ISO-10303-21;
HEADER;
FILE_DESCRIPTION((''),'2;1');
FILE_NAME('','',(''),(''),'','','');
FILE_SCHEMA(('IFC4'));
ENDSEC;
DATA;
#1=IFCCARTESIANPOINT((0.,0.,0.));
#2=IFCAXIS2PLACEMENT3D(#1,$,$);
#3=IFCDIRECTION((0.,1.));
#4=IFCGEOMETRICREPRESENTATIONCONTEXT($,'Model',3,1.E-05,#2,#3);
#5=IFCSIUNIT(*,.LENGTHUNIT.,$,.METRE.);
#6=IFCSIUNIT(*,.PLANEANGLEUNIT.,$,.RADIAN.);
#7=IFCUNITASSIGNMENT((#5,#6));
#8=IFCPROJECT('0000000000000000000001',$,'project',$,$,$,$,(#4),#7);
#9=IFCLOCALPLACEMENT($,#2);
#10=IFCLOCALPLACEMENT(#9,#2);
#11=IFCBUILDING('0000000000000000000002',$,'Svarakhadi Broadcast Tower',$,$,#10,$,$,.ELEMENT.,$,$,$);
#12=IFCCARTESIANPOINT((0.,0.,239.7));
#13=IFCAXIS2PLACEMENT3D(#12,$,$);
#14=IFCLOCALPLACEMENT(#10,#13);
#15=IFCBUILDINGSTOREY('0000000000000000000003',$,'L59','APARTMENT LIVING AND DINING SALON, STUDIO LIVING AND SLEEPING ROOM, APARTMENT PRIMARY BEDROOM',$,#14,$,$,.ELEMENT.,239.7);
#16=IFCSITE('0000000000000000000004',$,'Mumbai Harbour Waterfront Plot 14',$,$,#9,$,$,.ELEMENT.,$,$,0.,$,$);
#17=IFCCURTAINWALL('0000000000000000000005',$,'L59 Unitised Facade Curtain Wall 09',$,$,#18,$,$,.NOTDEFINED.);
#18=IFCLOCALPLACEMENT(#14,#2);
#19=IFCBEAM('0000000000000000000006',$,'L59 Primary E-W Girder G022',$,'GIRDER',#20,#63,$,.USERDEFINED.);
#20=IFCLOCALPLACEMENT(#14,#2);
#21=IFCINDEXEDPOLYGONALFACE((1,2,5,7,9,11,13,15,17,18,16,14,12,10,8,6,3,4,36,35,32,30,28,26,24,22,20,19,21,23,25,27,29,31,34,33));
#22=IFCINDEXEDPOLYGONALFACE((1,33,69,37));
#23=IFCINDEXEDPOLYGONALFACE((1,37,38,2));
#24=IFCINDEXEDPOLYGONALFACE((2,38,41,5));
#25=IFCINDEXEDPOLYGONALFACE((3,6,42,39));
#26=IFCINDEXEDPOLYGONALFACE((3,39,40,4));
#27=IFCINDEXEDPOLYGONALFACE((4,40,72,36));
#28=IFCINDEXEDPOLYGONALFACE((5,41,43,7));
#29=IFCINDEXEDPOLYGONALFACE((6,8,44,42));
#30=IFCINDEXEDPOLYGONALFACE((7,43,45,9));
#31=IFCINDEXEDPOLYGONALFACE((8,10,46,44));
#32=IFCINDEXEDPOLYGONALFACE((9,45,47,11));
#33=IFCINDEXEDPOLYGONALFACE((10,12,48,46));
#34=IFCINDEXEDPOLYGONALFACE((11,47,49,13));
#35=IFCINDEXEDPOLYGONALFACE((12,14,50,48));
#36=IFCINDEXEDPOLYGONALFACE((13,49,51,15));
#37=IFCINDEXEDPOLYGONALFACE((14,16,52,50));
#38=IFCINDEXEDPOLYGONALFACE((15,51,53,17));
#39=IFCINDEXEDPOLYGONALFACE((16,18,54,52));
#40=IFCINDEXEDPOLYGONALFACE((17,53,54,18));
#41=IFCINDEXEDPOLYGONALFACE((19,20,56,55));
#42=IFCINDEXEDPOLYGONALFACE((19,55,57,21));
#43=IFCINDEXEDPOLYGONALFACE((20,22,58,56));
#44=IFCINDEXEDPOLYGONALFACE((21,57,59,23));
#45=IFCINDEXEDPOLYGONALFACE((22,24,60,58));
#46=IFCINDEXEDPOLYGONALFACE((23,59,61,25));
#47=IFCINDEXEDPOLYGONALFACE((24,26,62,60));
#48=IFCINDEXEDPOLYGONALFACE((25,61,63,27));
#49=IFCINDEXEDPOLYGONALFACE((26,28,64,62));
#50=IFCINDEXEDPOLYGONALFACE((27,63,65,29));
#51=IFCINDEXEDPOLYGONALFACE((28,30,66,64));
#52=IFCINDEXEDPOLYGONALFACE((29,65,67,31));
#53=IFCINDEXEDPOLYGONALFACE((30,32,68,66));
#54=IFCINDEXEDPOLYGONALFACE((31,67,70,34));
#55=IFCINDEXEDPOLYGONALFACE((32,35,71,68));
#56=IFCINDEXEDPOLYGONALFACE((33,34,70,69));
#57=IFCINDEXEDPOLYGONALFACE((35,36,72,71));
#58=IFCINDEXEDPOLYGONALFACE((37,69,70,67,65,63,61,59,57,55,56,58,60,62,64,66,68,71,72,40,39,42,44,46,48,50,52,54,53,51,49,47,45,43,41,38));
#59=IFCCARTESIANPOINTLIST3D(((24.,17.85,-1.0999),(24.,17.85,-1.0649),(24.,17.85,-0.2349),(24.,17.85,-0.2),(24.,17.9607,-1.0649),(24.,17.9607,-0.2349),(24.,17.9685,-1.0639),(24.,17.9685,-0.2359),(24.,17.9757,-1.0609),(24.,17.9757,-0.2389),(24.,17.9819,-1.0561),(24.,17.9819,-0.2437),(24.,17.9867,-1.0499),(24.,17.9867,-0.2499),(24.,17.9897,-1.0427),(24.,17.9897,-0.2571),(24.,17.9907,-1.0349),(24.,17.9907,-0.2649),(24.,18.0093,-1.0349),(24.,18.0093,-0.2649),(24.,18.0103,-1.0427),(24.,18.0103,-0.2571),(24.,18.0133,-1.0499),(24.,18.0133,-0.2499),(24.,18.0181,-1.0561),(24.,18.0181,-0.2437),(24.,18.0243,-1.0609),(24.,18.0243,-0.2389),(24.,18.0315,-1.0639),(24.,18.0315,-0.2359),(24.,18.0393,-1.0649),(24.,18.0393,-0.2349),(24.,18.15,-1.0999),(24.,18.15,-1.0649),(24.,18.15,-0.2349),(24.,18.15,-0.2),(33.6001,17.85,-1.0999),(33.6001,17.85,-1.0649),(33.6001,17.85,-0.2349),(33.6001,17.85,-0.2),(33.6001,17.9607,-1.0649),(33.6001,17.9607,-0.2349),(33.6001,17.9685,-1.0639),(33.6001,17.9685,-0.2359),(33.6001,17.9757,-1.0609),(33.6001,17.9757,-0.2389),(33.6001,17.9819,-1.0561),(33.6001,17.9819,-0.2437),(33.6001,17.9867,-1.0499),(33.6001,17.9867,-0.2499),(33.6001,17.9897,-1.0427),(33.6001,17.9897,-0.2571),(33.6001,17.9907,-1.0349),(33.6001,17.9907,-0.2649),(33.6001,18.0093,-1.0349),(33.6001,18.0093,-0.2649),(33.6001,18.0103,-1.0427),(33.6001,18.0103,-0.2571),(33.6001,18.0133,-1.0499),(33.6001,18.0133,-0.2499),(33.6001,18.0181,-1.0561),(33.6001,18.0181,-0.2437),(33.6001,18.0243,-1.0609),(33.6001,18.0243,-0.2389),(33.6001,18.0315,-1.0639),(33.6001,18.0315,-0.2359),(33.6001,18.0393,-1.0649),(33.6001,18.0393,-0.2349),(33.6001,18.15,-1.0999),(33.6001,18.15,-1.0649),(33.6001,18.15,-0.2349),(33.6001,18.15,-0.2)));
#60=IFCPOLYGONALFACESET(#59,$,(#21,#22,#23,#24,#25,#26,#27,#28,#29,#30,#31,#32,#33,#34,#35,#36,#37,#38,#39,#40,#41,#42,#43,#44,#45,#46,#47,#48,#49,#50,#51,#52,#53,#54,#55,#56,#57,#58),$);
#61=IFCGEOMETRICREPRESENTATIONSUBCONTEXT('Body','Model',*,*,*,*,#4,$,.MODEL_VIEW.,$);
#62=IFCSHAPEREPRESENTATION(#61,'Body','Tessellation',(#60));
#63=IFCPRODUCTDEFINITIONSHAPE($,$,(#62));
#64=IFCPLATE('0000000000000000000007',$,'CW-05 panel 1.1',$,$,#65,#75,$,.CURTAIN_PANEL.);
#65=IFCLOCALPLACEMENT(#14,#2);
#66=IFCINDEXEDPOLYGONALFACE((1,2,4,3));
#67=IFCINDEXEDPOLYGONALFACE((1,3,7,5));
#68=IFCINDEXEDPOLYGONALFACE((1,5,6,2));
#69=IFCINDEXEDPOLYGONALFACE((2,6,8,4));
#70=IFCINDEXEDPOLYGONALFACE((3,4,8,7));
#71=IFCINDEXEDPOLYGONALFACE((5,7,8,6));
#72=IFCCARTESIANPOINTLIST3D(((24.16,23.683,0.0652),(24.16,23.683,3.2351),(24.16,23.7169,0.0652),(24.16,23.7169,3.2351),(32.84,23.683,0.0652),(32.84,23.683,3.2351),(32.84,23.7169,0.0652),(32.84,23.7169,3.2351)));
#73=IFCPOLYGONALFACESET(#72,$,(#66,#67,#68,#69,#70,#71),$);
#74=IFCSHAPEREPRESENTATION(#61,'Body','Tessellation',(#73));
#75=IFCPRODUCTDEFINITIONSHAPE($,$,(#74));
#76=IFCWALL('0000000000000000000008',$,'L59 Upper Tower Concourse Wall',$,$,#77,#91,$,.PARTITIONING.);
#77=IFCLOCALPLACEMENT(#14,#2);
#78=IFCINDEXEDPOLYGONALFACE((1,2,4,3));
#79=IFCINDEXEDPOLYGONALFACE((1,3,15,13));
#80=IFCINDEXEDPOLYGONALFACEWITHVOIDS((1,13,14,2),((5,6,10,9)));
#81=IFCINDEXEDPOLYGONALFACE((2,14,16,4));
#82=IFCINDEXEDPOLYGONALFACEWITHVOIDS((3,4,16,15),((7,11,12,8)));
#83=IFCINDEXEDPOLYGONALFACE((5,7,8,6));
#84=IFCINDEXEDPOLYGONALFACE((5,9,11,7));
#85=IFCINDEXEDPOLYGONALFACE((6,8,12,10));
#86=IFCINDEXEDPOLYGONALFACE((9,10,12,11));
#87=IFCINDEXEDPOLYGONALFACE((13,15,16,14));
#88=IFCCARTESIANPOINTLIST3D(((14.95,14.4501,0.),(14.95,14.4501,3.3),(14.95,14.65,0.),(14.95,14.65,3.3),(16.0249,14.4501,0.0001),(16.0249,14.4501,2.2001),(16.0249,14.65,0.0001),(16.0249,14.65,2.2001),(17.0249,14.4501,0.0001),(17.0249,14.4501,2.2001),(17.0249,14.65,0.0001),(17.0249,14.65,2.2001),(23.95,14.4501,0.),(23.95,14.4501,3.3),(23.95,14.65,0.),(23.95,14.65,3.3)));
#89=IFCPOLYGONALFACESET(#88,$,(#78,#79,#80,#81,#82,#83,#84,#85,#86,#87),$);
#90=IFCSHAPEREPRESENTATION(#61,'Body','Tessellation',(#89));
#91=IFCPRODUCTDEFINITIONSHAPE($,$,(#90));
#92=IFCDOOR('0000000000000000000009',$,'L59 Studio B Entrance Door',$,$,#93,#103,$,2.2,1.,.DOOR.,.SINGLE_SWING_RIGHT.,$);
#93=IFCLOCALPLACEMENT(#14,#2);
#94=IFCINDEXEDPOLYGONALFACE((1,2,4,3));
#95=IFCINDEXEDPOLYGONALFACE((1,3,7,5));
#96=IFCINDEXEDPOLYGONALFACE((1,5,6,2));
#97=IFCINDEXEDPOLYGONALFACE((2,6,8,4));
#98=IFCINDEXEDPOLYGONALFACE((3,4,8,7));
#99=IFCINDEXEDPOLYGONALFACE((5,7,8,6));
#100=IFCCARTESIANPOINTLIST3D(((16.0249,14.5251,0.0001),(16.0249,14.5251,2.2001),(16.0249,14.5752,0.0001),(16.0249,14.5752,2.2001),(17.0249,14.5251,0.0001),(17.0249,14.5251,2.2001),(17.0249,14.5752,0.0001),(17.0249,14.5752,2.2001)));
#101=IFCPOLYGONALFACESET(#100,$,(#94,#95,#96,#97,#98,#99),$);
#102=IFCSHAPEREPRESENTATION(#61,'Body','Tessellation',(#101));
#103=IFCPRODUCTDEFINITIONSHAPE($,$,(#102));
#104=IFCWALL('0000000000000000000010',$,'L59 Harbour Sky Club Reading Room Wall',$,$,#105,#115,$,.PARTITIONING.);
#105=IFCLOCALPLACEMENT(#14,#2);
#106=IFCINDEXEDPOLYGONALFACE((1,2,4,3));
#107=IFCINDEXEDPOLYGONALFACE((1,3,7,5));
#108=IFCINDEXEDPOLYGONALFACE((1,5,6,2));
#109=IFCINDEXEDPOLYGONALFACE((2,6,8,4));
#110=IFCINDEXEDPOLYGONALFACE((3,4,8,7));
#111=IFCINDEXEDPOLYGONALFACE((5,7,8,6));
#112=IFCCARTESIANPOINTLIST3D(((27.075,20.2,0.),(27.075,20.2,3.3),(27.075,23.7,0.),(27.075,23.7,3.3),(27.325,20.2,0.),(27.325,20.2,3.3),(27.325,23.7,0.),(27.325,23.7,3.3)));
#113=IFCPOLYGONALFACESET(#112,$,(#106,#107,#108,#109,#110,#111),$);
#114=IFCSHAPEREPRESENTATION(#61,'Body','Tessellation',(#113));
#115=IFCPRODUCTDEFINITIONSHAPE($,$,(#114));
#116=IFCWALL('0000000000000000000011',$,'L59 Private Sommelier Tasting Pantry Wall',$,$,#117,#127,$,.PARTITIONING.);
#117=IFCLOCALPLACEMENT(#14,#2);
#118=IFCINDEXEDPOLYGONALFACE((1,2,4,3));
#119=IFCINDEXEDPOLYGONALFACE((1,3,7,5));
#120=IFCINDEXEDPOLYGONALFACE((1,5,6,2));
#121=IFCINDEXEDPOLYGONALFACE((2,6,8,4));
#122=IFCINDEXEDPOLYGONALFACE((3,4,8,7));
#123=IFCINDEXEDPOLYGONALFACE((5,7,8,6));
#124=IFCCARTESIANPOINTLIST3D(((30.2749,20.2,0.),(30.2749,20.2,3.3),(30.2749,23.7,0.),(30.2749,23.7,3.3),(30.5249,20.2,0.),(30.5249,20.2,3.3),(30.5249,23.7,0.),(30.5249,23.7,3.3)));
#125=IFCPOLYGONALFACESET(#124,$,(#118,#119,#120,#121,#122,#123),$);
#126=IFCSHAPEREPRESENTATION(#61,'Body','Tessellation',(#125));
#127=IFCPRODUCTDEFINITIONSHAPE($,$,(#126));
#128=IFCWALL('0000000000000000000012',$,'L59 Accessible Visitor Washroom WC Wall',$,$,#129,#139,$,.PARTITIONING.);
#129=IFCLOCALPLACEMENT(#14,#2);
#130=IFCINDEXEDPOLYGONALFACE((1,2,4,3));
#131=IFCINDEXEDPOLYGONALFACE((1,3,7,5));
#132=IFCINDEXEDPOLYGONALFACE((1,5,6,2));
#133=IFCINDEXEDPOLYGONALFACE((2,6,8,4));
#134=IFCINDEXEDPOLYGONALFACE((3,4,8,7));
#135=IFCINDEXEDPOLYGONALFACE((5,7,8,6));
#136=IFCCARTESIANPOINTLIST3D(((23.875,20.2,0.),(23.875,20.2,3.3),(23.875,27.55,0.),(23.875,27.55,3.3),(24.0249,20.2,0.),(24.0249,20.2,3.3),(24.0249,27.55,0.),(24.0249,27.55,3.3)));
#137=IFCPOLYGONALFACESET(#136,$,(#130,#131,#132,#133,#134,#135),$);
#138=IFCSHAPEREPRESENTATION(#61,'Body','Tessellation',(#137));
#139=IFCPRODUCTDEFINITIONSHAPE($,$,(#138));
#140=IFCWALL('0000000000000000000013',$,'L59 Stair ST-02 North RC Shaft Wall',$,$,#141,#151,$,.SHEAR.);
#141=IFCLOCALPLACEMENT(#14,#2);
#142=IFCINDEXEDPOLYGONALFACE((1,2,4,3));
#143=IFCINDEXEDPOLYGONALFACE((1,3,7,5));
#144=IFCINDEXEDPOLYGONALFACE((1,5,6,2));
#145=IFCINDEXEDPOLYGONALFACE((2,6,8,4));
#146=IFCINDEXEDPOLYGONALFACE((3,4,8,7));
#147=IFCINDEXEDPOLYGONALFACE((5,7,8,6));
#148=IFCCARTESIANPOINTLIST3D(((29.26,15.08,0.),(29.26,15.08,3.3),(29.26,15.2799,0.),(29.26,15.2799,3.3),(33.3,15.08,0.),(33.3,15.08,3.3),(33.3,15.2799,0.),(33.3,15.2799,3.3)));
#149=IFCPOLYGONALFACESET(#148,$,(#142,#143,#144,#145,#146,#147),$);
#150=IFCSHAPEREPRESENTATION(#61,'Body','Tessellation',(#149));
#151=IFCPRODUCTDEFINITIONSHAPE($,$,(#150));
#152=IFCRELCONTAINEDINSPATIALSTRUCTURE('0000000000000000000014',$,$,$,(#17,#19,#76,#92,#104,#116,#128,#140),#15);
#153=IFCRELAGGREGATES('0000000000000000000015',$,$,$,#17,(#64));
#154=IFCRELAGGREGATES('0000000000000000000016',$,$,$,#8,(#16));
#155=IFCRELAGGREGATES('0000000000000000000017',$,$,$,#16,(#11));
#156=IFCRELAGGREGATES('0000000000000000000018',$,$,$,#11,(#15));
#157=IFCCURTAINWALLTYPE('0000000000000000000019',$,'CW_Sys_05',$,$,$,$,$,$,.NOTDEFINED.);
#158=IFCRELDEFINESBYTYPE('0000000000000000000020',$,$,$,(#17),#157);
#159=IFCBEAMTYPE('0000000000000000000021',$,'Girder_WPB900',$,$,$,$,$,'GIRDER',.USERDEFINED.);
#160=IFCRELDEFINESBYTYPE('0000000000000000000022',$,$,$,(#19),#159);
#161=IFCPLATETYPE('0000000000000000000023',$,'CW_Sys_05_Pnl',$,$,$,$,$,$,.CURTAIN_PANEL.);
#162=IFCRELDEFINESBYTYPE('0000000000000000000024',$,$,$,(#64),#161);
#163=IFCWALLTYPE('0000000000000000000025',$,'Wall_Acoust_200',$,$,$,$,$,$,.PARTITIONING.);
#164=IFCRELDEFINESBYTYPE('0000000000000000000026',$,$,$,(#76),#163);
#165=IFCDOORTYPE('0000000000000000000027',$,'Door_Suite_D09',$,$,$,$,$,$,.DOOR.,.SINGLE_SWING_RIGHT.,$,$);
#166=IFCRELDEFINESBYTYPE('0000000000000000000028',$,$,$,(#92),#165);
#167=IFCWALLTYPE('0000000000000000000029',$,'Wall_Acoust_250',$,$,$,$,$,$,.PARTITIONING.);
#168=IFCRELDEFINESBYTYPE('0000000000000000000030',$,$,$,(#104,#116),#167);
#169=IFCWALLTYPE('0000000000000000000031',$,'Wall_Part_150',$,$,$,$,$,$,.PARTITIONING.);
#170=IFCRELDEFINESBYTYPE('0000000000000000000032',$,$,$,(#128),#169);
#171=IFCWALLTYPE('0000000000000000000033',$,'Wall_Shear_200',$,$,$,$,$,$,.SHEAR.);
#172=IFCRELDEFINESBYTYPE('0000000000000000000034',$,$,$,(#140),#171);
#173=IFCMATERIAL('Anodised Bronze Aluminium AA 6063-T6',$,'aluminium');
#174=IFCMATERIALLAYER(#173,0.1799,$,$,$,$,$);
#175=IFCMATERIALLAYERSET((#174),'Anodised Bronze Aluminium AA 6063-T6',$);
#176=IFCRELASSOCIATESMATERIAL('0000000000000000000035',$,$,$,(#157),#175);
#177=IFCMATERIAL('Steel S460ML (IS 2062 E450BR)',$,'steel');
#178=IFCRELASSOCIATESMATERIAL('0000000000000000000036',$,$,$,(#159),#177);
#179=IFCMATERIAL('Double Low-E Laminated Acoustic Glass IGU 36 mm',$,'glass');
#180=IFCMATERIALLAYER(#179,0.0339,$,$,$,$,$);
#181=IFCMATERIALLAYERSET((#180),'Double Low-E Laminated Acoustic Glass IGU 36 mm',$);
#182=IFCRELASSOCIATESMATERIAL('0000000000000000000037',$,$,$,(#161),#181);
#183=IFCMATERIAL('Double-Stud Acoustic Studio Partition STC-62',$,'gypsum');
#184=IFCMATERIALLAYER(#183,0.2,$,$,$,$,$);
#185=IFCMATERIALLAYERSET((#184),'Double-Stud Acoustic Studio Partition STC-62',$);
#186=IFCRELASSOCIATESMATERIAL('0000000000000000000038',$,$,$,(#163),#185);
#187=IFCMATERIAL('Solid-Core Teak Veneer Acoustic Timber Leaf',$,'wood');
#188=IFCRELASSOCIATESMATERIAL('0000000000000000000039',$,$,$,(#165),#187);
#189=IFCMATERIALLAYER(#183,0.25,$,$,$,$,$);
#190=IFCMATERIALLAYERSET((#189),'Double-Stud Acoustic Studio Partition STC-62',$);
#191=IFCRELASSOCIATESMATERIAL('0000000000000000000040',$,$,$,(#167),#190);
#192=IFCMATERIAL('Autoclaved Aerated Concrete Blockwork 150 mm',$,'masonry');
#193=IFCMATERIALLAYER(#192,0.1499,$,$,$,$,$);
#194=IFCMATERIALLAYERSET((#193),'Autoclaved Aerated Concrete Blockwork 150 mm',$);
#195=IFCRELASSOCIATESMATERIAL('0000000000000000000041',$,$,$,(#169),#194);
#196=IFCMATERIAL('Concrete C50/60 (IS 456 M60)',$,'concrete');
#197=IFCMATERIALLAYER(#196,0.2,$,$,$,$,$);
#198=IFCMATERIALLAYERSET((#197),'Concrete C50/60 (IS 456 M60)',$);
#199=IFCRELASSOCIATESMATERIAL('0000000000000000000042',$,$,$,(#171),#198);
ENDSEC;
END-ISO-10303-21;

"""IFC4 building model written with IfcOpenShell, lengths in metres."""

from ifc_helpers import new_model, si_unit, direction, frame, frame_2d, origin, origin_2d, place, context, subcontext, project, spatial, rectangle, i_section, extrude, material, layer, layer_set, material_profile, profile_set, type_object, element, fill, aggregate, save


model = new_model("IFC4")

# Units and contexts
model_context = context("Model", 3, precision=1e-05, world=origin(), true_north=direction((0.0, 1.0)))
body_context = subcontext(model_context, "Body", "Model", "MODEL_VIEW")
ifc_project = project(units=[si_unit("LENGTHUNIT", "METRE"), si_unit("PLANEANGLEUNIT", "RADIAN")], contexts=[model_context])

# Site, building, storey
site_placement = place(None, origin())
site = spatial("IfcSite", under=ifc_project, at=site_placement, Name="Mumbai Harbour Waterfront Plot 14", CompositionType="ELEMENT", RefElevation=0.0)
building_placement = place(site_placement, origin())
building = spatial("IfcBuilding", under=site, at=building_placement, Name="Svarakhadi Broadcast Tower", CompositionType="ELEMENT")
storey_placement = place(building_placement, frame((0.0, 0.0, 239.7)))
storey = spatial("IfcBuildingStorey", under=building, at=storey_placement, Name="L59", Description="APARTMENT LIVING AND DINING SALON, STUDIO LIVING AND SLEEPING ROOM, APARTMENT PRIMARY BEDROOM", CompositionType="ELEMENT", Elevation=239.7)

# Shared definitions
ifc_material_1 = material(Name="Concrete C50/60 (IS 456 M60)", Category="concrete")

# Curtain wall
ifc_material_2 = material(Name="Anodised Bronze Aluminium AA 6063-T6", Category="aluminium")
ifc_layer_1 = layer(ifc_material_2, 0.1799)
ifc_layer_set_1 = layer_set([ifc_layer_1], Name="Anodised Bronze Aluminium AA 6063-T6")
curtain_wall_type = type_object("IfcCurtainWallType", Name="CW_Sys_05", PredefinedType="NOTDEFINED", material=ifc_layer_set_1)
curtain_wall_1_placement = place(storey_placement, origin())
curtain_wall_1 = element("IfcCurtainWall", 1, at=curtain_wall_1_placement, inside=storey, type_object=curtain_wall_type, Name="L59 Unitised Facade Curtain Wall 09", PredefinedType="NOTDEFINED")

# Beam
ifc_material_3 = material(Name="Steel S460ML (IS 2062 E450BR)", Category="steel")
ifc_material_profile_1 = material_profile(ifc_material_3, i_section(OverallWidth=0.3, OverallDepth=0.8999, WebThickness=0.0186, FlangeThickness=0.0349, FilletRadius=0.03, at=origin_2d()), Name="WPB 900x300x291")
ifc_profile_set_1 = profile_set([ifc_material_profile_1], Name="Steel S460ML (IS 2062 E450BR)")
beam_type_1 = type_object("IfcBeamType", Name="Girder_WPB900", ElementType="GIRDER", PredefinedType="USERDEFINED", material=ifc_profile_set_1)
beam_1_placement = place(storey_placement, frame((24.0, 18.0, -0.6499), z_axis=(1.0, 0.0, 0.0), x_axis=(0.0, 1.0, 0.0)))
element("IfcBeam", 2, at=beam_1_placement, inside=storey, type_object=beam_type_1, Name="L59 Primary E-W Girder G022", ObjectType="GIRDER", PredefinedType="USERDEFINED", context=body_context, shape_type="SweptSolid", body=[
    extrude(i_section(OverallWidth=0.3, OverallDepth=0.8999, WebThickness=0.0186, FlangeThickness=0.0349, FilletRadius=0.03, at=origin_2d()), origin(), (0.0, 0.0, 1.0), 9.6001),
])

# Plate
ifc_material_4 = material(Name="Double Low-E Laminated Acoustic Glass IGU 36 mm", Category="glass")
ifc_layer_2 = layer(ifc_material_4, 0.0339)
ifc_layer_set_2 = layer_set([ifc_layer_2], Name="Double Low-E Laminated Acoustic Glass IGU 36 mm")
plate_type = type_object("IfcPlateType", Name="CW_Sys_05_Pnl", PredefinedType="CURTAIN_PANEL", material=ifc_layer_set_2)
plate_placement = place(storey_placement, frame((28.5, 23.7, 0.0652), z_axis=(0.0, 0.0, 1.0), x_axis=(1.0, 0.0, 0.0)))
plate = element("IfcPlate", 3, at=plate_placement, type_object=plate_type, Name="CW-05 panel 1.1", PredefinedType="CURTAIN_PANEL", context=body_context, shape_type="SweptSolid", body=[
    extrude(rectangle(XDim=8.6799, YDim=0.0339, at=origin_2d()), origin(), (0.0, 0.0, 1.0), 3.1699),
])
aggregate(curtain_wall_1, [plate])

# Wall, opening, door
ifc_material_5 = material(Name="Double-Stud Acoustic Studio Partition STC-62", Category="gypsum")
ifc_layer_3 = layer(ifc_material_5, 0.2)
ifc_layer_set_3 = layer_set([ifc_layer_3], Name="Double-Stud Acoustic Studio Partition STC-62")
wall_type_1 = type_object("IfcWallType", Name="Wall_Acoust_200", PredefinedType="PARTITIONING", material=ifc_layer_set_3)
wall_1_placement = place(storey_placement, frame((23.95, 14.55, 0.0), z_axis=(0.0, 0.0, 1.0), x_axis=(-1.0, 0.0, 0.0)))
wall_1 = element("IfcWall", 4, at=wall_1_placement, inside=storey, type_object=wall_type_1, Name="L59 Upper Tower Concourse Wall", PredefinedType="PARTITIONING", context=body_context, shape_type="SweptSolid", body=[
    extrude(rectangle(XDim=9.0, YDim=0.2, at=frame_2d((4.5, 0.0))), origin(), (0.0, 0.0, 1.0), 3.3),
])
opening_1_placement = place(wall_1_placement, frame((6.925, 0.0, 0.0)))
opening_1 = element("IfcOpeningElement", 5, at=opening_1_placement, cuts=wall_1, PredefinedType="OPENING", context=body_context, shape_type="SweptSolid", body=[
    extrude(rectangle(XDim=1.0, YDim=2.2, at=frame_2d((0.5, 1.1001))), frame((0.0, 0.1099, 0.0), z_axis=(0.0, -1.0, 0.0), x_axis=(1.0, 0.0, 0.0)), (0.0, 0.0, 1.0), 0.22),
])
ifc_material_6 = material(Name="Solid-Core Teak Veneer Acoustic Timber Leaf", Category="wood")
door_type_1 = type_object("IfcDoorType", Name="Door_Suite_D09", OperationType="SINGLE_SWING_RIGHT", PredefinedType="DOOR", material=ifc_material_6)
door_1_placement = place(opening_1_placement, origin())
door_1 = element("IfcDoor", 6, at=door_1_placement, inside=storey, type_object=door_type_1, Name="L59 Studio B Entrance Door", OperationType="SINGLE_SWING_RIGHT", OverallHeight=2.2, OverallWidth=1.0, PredefinedType="DOOR", context=body_context, shape_type="SweptSolid", body=[
    extrude(rectangle(XDim=1.0, YDim=2.2, at=frame_2d((0.5, 1.1001))), frame((0.0, 0.0249, 0.0), z_axis=(0.0, -1.0, 0.0), x_axis=(1.0, 0.0, 0.0)), (0.0, 0.0, 1.0), 0.05),
])
fill(opening_1, door_1)

# Walls
ifc_layer_4 = layer(ifc_material_5, 0.25)
ifc_layer_set_4 = layer_set([ifc_layer_4], Name="Double-Stud Acoustic Studio Partition STC-62")
wall_type_2 = type_object("IfcWallType", Name="Wall_Acoust_250", PredefinedType="PARTITIONING", material=ifc_layer_set_4)
for number, where, z_axis, x_axis, name in (
    (7, (27.2, 20.2, 0.0), (0.0, 0.0, 1.0), (0.0, 1.0, 0.0), "L59 Harbour Sky Club Reading Room Wall"),
    (8, (30.3999, 20.2, 0.0), (0.0, 0.0, 1.0), (0.0, 1.0, 0.0), "L59 Private Sommelier Tasting Pantry Wall"),
):
    element("IfcWall", number, at=place(storey_placement, frame(where, z_axis=z_axis, x_axis=x_axis)), inside=storey, type_object=wall_type_2, Name=name, PredefinedType="PARTITIONING", context=body_context, shape_type="SweptSolid", body=[
        extrude(rectangle(XDim=3.5, YDim=0.25, at=frame_2d((1.75, 0.0))), origin(), (0.0, 0.0, 1.0), 3.3),
    ])

# Shared definitions
ifc_material_7 = material(Name="Autoclaved Aerated Concrete Blockwork 150 mm", Category="masonry")
ifc_layer_5 = layer(ifc_material_7, 0.1499)
ifc_layer_set_5 = layer_set([ifc_layer_5], Name="Autoclaved Aerated Concrete Blockwork 150 mm")
wall_type_3 = type_object("IfcWallType", Name="Wall_Part_150", PredefinedType="PARTITIONING", material=ifc_layer_set_5)

# Walls
wall_2_placement = place(storey_placement, frame((23.95, 20.2, 0.0), z_axis=(0.0, 0.0, 1.0), x_axis=(0.0, 1.0, 0.0)))
element("IfcWall", 9, at=wall_2_placement, inside=storey, type_object=wall_type_3, Name="L59 Accessible Visitor Washroom WC Wall", PredefinedType="PARTITIONING", context=body_context, shape_type="SweptSolid", body=[
    extrude(rectangle(XDim=7.3501, YDim=0.1499, at=frame_2d((3.675, 0.0))), origin(), (0.0, 0.0, 1.0), 3.3),
])
ifc_layer_6 = layer(ifc_material_1, 0.2)
ifc_layer_set_6 = layer_set([ifc_layer_6], Name="Concrete C50/60 (IS 456 M60)")
wall_type_4 = type_object("IfcWallType", Name="Wall_Shear_200", PredefinedType="SHEAR", material=ifc_layer_set_6)
wall_3_placement = place(storey_placement, frame((29.26, 15.1799, 0.0), z_axis=(0.0, 0.0, 1.0), x_axis=(1.0, 0.0, 0.0)))
element("IfcWall", 10, at=wall_3_placement, inside=storey, type_object=wall_type_4, Name="L59 Stair ST-02 North RC Shaft Wall", PredefinedType="SHEAR", context=body_context, shape_type="SweptSolid", body=[
    extrude(rectangle(XDim=4.04, YDim=0.2, at=frame_2d((2.02, 0.0))), origin(), (0.0, 0.0, 1.0), 3.3),
])

save(model, "model.ifc")
